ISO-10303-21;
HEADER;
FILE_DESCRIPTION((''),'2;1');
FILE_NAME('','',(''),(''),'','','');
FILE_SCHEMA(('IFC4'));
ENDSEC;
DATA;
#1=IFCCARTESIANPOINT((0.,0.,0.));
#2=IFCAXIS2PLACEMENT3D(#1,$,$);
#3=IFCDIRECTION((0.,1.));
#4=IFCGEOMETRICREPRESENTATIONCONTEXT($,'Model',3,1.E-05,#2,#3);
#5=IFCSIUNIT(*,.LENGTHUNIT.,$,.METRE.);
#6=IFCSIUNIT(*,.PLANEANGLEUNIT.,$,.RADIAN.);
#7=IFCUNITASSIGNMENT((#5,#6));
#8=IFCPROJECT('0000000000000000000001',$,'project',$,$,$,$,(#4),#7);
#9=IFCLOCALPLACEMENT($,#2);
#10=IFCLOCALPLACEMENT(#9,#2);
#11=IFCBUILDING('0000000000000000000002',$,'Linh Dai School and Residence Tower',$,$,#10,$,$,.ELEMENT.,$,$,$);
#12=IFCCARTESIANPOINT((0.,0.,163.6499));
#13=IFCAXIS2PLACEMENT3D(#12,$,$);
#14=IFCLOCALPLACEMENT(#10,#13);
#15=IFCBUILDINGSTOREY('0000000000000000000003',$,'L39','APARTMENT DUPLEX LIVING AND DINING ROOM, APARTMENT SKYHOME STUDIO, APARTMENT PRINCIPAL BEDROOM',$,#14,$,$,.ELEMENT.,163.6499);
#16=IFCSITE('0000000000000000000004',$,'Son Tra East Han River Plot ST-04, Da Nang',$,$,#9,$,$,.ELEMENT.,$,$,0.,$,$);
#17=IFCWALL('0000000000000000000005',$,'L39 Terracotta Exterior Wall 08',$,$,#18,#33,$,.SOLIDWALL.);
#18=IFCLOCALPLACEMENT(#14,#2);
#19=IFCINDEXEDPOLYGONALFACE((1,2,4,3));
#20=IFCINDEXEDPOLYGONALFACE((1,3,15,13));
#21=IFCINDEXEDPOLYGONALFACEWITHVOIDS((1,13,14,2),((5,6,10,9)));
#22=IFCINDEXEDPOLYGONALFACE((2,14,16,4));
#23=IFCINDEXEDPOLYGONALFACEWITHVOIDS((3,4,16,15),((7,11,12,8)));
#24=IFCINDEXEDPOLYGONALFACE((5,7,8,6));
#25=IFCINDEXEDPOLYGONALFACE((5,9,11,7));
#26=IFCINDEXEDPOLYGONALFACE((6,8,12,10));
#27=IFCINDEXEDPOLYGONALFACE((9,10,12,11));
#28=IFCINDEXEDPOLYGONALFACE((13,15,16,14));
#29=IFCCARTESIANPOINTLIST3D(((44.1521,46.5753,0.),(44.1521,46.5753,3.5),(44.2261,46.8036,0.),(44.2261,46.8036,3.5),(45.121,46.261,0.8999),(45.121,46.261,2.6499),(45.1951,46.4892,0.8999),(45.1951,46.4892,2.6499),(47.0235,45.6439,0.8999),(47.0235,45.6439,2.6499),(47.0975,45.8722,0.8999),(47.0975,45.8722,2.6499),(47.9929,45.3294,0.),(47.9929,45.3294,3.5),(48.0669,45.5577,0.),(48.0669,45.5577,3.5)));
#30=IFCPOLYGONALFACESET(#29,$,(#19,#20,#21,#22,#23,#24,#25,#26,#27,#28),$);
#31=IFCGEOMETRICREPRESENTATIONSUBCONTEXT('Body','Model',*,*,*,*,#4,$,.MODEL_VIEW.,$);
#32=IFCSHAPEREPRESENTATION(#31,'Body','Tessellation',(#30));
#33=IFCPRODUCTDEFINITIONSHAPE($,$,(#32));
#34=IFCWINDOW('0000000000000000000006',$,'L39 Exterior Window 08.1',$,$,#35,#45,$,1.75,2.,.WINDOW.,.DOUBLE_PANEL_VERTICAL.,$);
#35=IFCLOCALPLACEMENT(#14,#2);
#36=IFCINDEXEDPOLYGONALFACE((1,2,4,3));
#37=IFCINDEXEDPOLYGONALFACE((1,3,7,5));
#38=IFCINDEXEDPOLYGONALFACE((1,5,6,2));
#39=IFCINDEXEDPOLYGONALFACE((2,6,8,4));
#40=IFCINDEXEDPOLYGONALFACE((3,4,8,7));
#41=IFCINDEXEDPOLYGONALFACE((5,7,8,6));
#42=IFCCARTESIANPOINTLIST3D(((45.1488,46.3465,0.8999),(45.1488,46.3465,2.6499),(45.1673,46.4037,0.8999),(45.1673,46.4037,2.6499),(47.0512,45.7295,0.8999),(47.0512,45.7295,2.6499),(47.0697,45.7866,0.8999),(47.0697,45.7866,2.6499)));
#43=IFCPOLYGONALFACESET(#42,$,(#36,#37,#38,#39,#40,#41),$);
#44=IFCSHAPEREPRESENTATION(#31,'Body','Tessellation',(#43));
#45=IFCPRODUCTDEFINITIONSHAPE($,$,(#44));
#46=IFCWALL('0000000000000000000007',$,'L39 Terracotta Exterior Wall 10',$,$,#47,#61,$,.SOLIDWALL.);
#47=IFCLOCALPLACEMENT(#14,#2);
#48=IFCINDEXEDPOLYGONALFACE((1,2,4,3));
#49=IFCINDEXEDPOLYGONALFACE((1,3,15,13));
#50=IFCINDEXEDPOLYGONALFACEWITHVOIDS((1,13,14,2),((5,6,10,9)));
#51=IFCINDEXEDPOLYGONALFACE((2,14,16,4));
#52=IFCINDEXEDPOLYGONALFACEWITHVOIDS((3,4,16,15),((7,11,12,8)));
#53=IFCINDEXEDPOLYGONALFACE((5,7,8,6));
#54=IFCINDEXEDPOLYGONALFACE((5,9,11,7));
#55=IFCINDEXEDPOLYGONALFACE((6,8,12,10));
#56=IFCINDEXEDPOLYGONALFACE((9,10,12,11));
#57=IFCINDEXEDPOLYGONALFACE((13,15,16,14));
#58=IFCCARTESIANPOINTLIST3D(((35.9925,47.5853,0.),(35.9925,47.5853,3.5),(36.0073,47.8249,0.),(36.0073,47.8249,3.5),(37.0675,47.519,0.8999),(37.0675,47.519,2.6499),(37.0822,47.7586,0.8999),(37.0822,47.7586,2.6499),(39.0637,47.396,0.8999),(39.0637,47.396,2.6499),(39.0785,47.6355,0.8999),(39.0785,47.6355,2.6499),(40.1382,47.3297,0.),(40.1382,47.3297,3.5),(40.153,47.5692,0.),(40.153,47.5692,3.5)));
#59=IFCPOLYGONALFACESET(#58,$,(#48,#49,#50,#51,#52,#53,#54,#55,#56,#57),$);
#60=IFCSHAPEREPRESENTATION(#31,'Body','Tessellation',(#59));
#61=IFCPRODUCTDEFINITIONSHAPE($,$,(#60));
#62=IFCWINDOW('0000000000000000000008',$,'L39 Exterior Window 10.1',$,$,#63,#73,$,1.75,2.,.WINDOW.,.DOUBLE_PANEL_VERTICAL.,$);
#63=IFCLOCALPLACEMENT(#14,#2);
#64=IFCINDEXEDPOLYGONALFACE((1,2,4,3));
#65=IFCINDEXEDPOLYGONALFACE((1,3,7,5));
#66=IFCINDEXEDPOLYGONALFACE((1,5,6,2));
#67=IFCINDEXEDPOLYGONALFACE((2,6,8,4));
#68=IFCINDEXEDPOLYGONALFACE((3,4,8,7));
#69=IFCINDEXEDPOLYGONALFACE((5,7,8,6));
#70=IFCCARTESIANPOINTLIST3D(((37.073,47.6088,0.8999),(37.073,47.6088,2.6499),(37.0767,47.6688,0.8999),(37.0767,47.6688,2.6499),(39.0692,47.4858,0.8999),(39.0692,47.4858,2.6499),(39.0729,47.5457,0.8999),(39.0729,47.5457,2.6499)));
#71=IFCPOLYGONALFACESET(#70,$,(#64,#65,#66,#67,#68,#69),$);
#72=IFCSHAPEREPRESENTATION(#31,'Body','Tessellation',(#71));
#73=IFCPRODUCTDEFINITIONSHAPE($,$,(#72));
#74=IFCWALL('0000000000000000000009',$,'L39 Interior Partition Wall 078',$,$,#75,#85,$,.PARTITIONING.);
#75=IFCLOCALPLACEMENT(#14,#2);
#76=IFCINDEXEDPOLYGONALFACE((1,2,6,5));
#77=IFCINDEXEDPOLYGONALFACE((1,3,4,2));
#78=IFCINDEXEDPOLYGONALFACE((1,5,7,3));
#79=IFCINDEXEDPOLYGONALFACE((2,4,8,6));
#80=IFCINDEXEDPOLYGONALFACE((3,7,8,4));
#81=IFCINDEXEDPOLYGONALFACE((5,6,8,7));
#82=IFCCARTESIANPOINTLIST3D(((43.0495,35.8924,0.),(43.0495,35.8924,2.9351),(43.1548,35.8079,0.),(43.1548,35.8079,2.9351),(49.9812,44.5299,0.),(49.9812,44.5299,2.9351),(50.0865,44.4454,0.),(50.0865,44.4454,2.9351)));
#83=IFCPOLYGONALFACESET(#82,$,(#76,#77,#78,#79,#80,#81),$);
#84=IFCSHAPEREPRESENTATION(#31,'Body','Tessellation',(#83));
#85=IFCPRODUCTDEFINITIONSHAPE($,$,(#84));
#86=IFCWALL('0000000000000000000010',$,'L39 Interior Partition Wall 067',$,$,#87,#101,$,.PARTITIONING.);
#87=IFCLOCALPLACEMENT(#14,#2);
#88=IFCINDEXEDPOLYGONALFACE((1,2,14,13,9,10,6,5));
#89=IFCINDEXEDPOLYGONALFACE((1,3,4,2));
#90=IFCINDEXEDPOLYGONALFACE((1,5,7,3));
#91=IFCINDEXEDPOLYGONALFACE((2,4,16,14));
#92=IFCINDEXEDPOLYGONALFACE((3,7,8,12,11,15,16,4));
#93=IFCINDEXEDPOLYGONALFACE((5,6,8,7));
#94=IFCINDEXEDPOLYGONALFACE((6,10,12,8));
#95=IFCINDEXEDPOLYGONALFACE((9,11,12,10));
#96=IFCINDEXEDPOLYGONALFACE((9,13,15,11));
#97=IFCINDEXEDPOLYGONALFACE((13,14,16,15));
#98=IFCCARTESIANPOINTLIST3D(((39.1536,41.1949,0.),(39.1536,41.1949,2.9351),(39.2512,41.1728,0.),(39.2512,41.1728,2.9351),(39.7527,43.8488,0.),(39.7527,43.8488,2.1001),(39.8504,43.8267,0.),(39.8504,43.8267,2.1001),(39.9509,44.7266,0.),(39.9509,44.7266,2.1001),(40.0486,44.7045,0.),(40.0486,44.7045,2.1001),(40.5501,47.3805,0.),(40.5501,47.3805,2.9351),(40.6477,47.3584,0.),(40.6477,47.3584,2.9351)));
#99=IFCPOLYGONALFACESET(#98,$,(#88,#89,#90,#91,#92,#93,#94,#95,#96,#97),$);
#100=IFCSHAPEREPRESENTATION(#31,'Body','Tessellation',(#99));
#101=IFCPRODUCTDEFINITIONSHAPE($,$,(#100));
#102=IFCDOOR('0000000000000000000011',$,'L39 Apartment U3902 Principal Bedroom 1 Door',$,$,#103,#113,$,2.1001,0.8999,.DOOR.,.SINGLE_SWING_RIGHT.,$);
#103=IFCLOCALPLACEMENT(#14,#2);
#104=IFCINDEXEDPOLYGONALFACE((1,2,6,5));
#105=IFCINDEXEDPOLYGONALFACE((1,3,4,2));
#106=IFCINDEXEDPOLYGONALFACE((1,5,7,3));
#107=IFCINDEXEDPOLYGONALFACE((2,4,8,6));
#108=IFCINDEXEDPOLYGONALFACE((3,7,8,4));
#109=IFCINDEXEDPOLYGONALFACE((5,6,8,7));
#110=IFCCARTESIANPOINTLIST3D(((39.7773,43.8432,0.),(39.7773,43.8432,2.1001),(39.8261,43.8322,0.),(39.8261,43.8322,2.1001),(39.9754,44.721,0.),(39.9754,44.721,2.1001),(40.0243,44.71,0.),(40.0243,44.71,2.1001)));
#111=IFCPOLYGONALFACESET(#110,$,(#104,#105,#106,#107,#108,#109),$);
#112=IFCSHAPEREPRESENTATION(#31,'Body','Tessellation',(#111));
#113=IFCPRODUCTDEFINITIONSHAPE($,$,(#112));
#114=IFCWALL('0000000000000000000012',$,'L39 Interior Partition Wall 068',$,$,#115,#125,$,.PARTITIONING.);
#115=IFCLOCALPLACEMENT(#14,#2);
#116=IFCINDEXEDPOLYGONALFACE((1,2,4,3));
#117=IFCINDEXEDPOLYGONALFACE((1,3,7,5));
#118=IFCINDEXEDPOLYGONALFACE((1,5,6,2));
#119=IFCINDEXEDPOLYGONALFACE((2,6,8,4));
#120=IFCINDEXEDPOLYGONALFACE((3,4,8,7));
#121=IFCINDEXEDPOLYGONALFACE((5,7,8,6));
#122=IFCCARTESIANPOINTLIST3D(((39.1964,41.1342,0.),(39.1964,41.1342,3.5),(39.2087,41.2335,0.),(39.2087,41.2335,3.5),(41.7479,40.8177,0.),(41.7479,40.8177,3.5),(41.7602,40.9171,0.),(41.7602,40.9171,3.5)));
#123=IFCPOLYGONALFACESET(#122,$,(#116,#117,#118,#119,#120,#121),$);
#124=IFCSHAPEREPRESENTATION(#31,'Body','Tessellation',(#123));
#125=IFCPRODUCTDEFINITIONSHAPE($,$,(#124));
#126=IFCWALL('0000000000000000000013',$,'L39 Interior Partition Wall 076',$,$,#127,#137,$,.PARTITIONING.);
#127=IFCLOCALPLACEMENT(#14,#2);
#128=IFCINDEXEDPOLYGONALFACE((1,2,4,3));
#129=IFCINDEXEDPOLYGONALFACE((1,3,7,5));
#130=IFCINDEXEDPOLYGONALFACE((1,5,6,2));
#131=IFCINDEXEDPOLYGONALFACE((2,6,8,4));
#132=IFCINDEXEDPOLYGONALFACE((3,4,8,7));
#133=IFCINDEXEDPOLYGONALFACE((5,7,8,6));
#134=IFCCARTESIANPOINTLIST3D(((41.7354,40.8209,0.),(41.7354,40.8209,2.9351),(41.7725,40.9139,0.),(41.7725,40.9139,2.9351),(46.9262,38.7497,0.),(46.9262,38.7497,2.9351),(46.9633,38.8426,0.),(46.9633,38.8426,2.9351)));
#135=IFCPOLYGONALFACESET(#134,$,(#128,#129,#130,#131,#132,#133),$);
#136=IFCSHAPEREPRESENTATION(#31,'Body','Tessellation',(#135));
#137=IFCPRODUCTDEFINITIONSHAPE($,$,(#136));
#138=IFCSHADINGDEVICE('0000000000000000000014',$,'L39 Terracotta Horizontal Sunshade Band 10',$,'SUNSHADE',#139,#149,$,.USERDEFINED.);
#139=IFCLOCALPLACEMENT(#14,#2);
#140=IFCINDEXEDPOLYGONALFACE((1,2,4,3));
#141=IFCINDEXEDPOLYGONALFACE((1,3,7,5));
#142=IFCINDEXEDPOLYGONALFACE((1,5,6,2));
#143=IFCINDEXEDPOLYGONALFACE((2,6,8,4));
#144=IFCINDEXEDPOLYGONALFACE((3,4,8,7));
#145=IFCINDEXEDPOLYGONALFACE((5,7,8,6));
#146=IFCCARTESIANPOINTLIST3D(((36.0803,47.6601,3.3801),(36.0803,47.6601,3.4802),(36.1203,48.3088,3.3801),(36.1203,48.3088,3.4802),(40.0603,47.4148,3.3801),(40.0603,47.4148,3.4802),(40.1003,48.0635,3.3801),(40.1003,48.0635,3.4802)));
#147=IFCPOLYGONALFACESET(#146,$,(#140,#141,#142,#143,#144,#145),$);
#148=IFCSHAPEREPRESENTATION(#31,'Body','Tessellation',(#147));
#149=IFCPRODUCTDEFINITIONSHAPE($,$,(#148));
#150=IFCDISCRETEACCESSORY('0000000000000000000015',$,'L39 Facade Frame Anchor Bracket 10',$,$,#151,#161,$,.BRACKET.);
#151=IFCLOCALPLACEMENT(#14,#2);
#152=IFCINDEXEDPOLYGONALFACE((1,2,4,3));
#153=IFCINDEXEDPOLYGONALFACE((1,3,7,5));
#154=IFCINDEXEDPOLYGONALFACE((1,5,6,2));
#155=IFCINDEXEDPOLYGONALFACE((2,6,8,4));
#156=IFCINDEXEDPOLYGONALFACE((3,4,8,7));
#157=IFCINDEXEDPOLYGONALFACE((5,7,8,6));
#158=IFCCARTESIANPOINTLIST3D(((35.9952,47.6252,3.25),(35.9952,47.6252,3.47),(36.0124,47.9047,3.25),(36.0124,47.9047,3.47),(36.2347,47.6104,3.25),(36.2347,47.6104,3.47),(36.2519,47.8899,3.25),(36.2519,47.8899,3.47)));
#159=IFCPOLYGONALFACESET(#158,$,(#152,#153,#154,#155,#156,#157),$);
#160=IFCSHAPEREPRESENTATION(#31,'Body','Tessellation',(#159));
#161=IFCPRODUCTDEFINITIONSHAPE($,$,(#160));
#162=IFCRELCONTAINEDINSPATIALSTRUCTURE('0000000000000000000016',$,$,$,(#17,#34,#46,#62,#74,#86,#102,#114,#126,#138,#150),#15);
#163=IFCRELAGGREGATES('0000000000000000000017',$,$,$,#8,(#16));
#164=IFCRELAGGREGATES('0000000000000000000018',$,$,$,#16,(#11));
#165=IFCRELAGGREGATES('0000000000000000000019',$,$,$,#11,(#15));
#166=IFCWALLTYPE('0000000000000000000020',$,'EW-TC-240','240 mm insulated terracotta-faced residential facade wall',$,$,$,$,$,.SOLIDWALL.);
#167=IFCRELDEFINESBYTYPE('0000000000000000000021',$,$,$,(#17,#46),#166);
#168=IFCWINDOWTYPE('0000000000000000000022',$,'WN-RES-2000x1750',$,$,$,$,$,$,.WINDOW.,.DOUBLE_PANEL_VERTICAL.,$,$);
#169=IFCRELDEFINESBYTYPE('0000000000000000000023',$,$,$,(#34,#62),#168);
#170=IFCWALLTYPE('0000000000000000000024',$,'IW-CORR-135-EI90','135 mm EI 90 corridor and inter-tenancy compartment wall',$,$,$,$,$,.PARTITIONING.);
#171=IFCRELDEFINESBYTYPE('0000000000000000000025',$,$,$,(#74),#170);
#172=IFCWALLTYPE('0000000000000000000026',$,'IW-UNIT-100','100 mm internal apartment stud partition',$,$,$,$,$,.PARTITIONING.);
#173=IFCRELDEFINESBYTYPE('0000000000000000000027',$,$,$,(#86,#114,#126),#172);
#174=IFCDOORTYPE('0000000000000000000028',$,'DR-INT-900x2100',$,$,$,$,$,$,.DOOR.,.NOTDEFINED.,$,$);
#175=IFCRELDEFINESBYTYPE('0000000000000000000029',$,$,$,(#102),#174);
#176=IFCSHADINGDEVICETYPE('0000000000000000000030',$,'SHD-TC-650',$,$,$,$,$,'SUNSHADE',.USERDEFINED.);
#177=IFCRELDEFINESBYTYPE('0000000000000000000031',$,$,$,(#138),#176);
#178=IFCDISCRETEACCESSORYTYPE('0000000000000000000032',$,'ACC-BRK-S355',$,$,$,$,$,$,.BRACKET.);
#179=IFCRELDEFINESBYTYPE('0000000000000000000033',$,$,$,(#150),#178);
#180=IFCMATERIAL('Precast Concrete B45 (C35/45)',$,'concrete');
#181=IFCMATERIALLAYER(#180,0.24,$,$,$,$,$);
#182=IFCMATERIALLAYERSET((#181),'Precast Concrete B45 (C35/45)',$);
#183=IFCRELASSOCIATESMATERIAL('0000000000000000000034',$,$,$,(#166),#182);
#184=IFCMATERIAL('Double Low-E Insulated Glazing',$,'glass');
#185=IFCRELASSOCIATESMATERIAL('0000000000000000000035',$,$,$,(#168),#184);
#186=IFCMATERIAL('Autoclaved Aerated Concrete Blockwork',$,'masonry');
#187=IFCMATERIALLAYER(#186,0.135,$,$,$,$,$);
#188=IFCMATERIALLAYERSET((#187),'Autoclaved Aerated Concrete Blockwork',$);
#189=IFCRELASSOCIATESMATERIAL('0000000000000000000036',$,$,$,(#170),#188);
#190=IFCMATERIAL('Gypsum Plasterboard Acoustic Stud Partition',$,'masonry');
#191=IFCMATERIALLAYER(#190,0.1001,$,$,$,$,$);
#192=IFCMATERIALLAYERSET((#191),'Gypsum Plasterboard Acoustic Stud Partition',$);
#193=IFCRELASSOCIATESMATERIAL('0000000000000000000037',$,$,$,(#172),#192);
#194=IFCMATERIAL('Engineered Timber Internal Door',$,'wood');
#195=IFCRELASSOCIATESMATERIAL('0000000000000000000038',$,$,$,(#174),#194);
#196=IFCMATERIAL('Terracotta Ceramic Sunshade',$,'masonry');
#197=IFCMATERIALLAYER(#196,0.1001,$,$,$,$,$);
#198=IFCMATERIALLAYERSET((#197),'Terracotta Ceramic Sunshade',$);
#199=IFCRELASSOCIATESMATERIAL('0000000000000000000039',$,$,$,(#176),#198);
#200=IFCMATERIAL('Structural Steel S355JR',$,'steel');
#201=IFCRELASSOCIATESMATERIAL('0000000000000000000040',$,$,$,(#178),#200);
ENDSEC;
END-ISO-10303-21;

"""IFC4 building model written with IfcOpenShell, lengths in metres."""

from ifc_helpers import new_model, si_unit, direction, frame, frame_2d, origin, origin_2d, place, context, subcontext, project, spatial, rectangle, extrude, source, transform, mapped, material, layer, layer_set, type_object, element, fill, save


model = new_model("IFC4")

# Units and contexts
model_context = context("Model", 3, precision=1e-05, world=origin(), true_north=direction((0.0, 1.0)))
body_context = subcontext(model_context, "Body", "Model", "MODEL_VIEW")
ifc_project = project(units=[si_unit("LENGTHUNIT", "METRE"), si_unit("PLANEANGLEUNIT", "RADIAN")], contexts=[model_context])

# Site, building, storey
site_placement = place(None, origin())
site = spatial("IfcSite", under=ifc_project, at=site_placement, Name="Son Tra East Han River Plot ST-04, Da Nang", CompositionType="ELEMENT", RefElevation=0.0)
building_placement = place(site_placement, origin())
building = spatial("IfcBuilding", under=site, at=building_placement, Name="Linh Dai School and Residence Tower", CompositionType="ELEMENT")
storey_placement = place(building_placement, frame((0.0, 0.0, 163.6499)))
storey = spatial("IfcBuildingStorey", under=building, at=storey_placement, Name="L39", Description="APARTMENT DUPLEX LIVING AND DINING ROOM, APARTMENT SKYHOME STUDIO, APARTMENT PRINCIPAL BEDROOM", CompositionType="ELEMENT", Elevation=163.6499)

# Shared definitions
ifc_material_1 = material(Name="Structural Steel S355JR", Category="steel")

# Shared definitions
ifc_material_2 = material(Name="Precast Concrete B45 (C35/45)", Category="concrete")
ifc_material_3 = material(Name="Double Low-E Insulated Glazing", Category="glass")

# Walls, openings, windows
ifc_layer_1 = layer(ifc_material_2, 0.24)
ifc_layer_set_1 = layer_set([ifc_layer_1], Name="Precast Concrete B45 (C35/45)")
wall_type_1 = type_object("IfcWallType", Name="EW-TC-240", Description="240 mm insulated terracotta-faced residential facade wall", PredefinedType="SOLIDWALL", material=ifc_layer_set_1)
wall_1_placement = place(storey_placement, frame((44.189, 46.6895, 0.0), z_axis=(0.0, 0.0, 1.0), x_axis=(0.95121, -0.308545, 0.0)))
wall_1 = element("IfcWall", 1, at=wall_1_placement, inside=storey, type_object=wall_type_1, Name="L39 Terracotta Exterior Wall 08", PredefinedType="SOLIDWALL", context=body_context, shape_type="SweptSolid", body=[
    extrude(rectangle(XDim=4.0378, YDim=0.24, at=frame_2d((2.019, 0.0))), origin(), (0.0, 0.0, 1.0), 3.5),
])
opening_1_placement = place(wall_1_placement, frame((1.0188, 0.0, 0.8999)))
opening_1 = element("IfcOpeningElement", 2, at=opening_1_placement, cuts=wall_1, PredefinedType="OPENING", context=body_context, shape_type="SweptSolid", body=[
    extrude(rectangle(XDim=2.0, YDim=1.75, at=origin_2d()), frame((1.0, 0.1299, 0.875), z_axis=(0.0, -1.0, 0.0), x_axis=(1.0, 0.0, 0.0)), (0.0, 0.0, 1.0), 0.26),
])
window_type = type_object("IfcWindowType", Name="WN-RES-2000x1750", PartitioningType="DOUBLE_PANEL_VERTICAL", PredefinedType="WINDOW", material=ifc_material_3)
shared_shape_1 = source(origin(), body_context, "Body", "SweptSolid", [
    extrude(rectangle(XDim=2.0, YDim=1.75, at=origin_2d()), frame((1.0, 0.03, 0.875), z_axis=(0.0, -1.0, 0.0), x_axis=(1.0, 0.0, 0.0)), (0.0, 0.0, 1.0), 0.0601),
])
window_1_placement = place(opening_1_placement, origin())
window_1 = element("IfcWindow", 3, at=window_1_placement, inside=storey, type_object=window_type, Name="L39 Exterior Window 08.1", OverallHeight=1.75, OverallWidth=2.0, PartitioningType="DOUBLE_PANEL_VERTICAL", PredefinedType="WINDOW", context=body_context, shape_type="MappedRepresentation", body=[
    mapped(shared_shape_1, transform((0.0, 0.0, 0.0), x_axis=(1.0, 0.0, 0.0), y_axis=(0.0, 1.0, 0.0), z_axis=(0.0, 0.0, 1.0), scale=1.0)),
])
fill(opening_1, window_1)
wall_2_placement = place(storey_placement, frame((36.0, 47.7051, 0.0), z_axis=(0.0, 0.0, 1.0), x_axis=(0.998105, -0.06154, 0.0)))
wall_2 = element("IfcWall", 4, at=wall_2_placement, inside=storey, type_object=wall_type_1, Name="L39 Terracotta Exterior Wall 10", PredefinedType="SOLIDWALL", context=body_context, shape_type="SweptSolid", body=[
    extrude(rectangle(XDim=4.1536, YDim=0.24, at=frame_2d((2.0767, 0.0))), origin(), (0.0, 0.0, 1.0), 3.5),
])
opening_2_placement = place(wall_2_placement, frame((1.0769, 0.0, 0.8999)))
opening_2 = element("IfcOpeningElement", 5, at=opening_2_placement, cuts=wall_2, PredefinedType="OPENING", context=body_context, shape_type="SweptSolid", body=[
    extrude(rectangle(XDim=2.0, YDim=1.75, at=origin_2d()), frame((1.0, 0.1299, 0.875), z_axis=(0.0, -1.0, 0.0), x_axis=(1.0, 0.0, 0.0)), (0.0, 0.0, 1.0), 0.26),
])
window_2_placement = place(opening_2_placement, origin())
window_2 = element("IfcWindow", 6, at=window_2_placement, inside=storey, type_object=window_type, Name="L39 Exterior Window 10.1", OverallHeight=1.75, OverallWidth=2.0, PartitioningType="DOUBLE_PANEL_VERTICAL", PredefinedType="WINDOW", context=body_context, shape_type="MappedRepresentation", body=[
    mapped(shared_shape_1, transform((0.0, 0.0, 0.0), x_axis=(1.0, 0.0, 0.0), y_axis=(0.0, 1.0, 0.0), z_axis=(0.0, 0.0, 1.0), scale=1.0)),
])
fill(opening_2, window_2)

# Wall
ifc_material_4 = material(Name="Autoclaved Aerated Concrete Blockwork", Category="masonry")
ifc_layer_2 = layer(ifc_material_4, 0.135)
ifc_layer_set_2 = layer_set([ifc_layer_2], Name="Autoclaved Aerated Concrete Blockwork")
wall_type_2 = type_object("IfcWallType", Name="IW-CORR-135-EI90", Description="135 mm EI 90 corridor and inter-tenancy compartment wall", PredefinedType="PARTITIONING", material=ifc_layer_set_2)
wall_3_placement = place(storey_placement, frame((43.1021, 35.8501, 0.0), z_axis=(0.0, 0.0, 1.0), x_axis=(0.625888, 0.779913, 0.0)))
element("IfcWall", 7, at=wall_3_placement, inside=storey, type_object=wall_type_2, Name="L39 Interior Partition Wall 078", PredefinedType="PARTITIONING", context=body_context, shape_type="SweptSolid", body=[
    extrude(rectangle(XDim=11.075, YDim=0.135, at=frame_2d((5.5376, 0.0))), origin(), (0.0, 0.0, 1.0), 2.9351),
])

# Wall, opening, door
ifc_material_5 = material(Name="Gypsum Plasterboard Acoustic Stud Partition", Category="masonry")
ifc_layer_3 = layer(ifc_material_5, 0.1001)
ifc_layer_set_3 = layer_set([ifc_layer_3], Name="Gypsum Plasterboard Acoustic Stud Partition")
wall_type_3 = type_object("IfcWallType", Name="IW-UNIT-100", Description="100 mm internal apartment stud partition", PredefinedType="PARTITIONING", material=ifc_layer_set_3)
wall_4_placement = place(storey_placement, frame((39.2024, 41.1838, 0.0), z_axis=(0.0, 0.0, 1.0), x_axis=(0.220223, 0.97545, 0.0)))
wall_4 = element("IfcWall", 8, at=wall_4_placement, inside=storey, type_object=wall_type_3, Name="L39 Interior Partition Wall 067", PredefinedType="PARTITIONING", context=body_context, shape_type="SweptSolid", body=[
    extrude(rectangle(XDim=6.3413, YDim=0.1001, at=frame_2d((3.1707, 0.0))), origin(), (0.0, 0.0, 1.0), 2.9351),
])
opening_3_placement = place(wall_4_placement, frame((2.7207, 0.0, 0.0)))
opening_3 = element("IfcOpeningElement", 9, at=opening_3_placement, cuts=wall_4, PredefinedType="OPENING", context=body_context, shape_type="SweptSolid", body=[
    extrude(rectangle(XDim=0.8999, YDim=2.1001, at=origin_2d()), frame((0.45, 0.0601, 1.05), z_axis=(0.0, -1.0, 0.0), x_axis=(1.0, 0.0, 0.0)), (0.0, 0.0, 1.0), 0.1201),
])
ifc_material_6 = material(Name="Engineered Timber Internal Door", Category="wood")
door_type = type_object("IfcDoorType", Name="DR-INT-900x2100", OperationType="NOTDEFINED", PredefinedType="DOOR", material=ifc_material_6)
shared_shape_2 = source(origin(), body_context, "Body", "SweptSolid", [
    extrude(rectangle(XDim=0.8999, YDim=2.1001, at=origin_2d()), frame((0.45, 0.0249, 1.05), z_axis=(0.0, -1.0, 0.0), x_axis=(1.0, 0.0, 0.0)), (0.0, 0.0, 1.0), 0.05),
])
door_placement = place(opening_3_placement, origin())
door = element("IfcDoor", 10, at=door_placement, inside=storey, type_object=door_type, Name="L39 Apartment U3902 Principal Bedroom 1 Door", OperationType="SINGLE_SWING_RIGHT", OverallHeight=2.1001, OverallWidth=0.8999, PredefinedType="DOOR", context=body_context, shape_type="MappedRepresentation", body=[
    mapped(shared_shape_2, transform((0.0, 0.0, 0.0), x_axis=(1.0, 0.0, 0.0), y_axis=(0.0, 1.0, 0.0), z_axis=(0.0, 0.0, 1.0), scale=1.0)),
])
fill(opening_3, door)

# Walls
wall_5_placement = place(storey_placement, frame((39.2024, 41.1838, 0.0), z_axis=(0.0, 0.0, 1.0), x_axis=(0.992399, -0.123065, 0.0)))
element("IfcWall", 11, at=wall_5_placement, inside=storey, type_object=wall_type_3, Name="L39 Interior Partition Wall 068", PredefinedType="PARTITIONING", context=body_context, shape_type="SweptSolid", body=[
    extrude(rectangle(XDim=2.571, YDim=0.1001, at=frame_2d((1.2856, 0.0))), origin(), (0.0, 0.0, 1.0), 3.5),
])
wall_6_placement = place(storey_placement, frame((41.7539, 40.8674, 0.0), z_axis=(0.0, 0.0, 1.0), x_axis=(0.92879, -0.370607, 0.0)))
element("IfcWall", 12, at=wall_6_placement, inside=storey, type_object=wall_type_3, Name="L39 Interior Partition Wall 076", PredefinedType="PARTITIONING", context=body_context, shape_type="SweptSolid", body=[
    extrude(rectangle(XDim=5.5889, YDim=0.1001, at=frame_2d((2.7944, 0.0))), origin(), (0.0, 0.0, 1.0), 2.9351),
])

# Shading device
ifc_material_7 = material(Name="Terracotta Ceramic Sunshade", Category="masonry")
ifc_layer_4 = layer(ifc_material_7, 0.1001)
ifc_layer_set_4 = layer_set([ifc_layer_4], Name="Terracotta Ceramic Sunshade")
shading_device_type = type_object("IfcShadingDeviceType", Name="SHD-TC-650", ElementType="SUNSHADE", PredefinedType="USERDEFINED", material=ifc_layer_set_4)
shared_shape_3 = source(origin(), body_context, "Body", "SweptSolid", [
    extrude(rectangle(XDim=3.9875, YDim=0.6499, at=origin_2d()), origin(), (0.0, 0.0, 1.0), 0.1001),
])
shading_device_placement = place(storey_placement, frame((38.0903, 47.8618, 3.3801), z_axis=(0.0, 0.0, 1.0), x_axis=(0.998106, -0.061512, 0.0)))
element("IfcShadingDevice", 13, at=shading_device_placement, inside=storey, type_object=shading_device_type, Name="L39 Terracotta Horizontal Sunshade Band 10", ObjectType="SUNSHADE", PredefinedType="USERDEFINED", context=body_context, shape_type="MappedRepresentation", body=[
    mapped(shared_shape_3, transform((0.0, 0.0, 0.0), x_axis=(1.0, 0.0, 0.0), y_axis=(0.0, 1.0, 0.0), z_axis=(0.0, 0.0, 1.0), scale=1.0)),
])

# Discrete accessory
discrete_accessory_type = type_object("IfcDiscreteAccessoryType", Name="ACC-BRK-S355", PredefinedType="BRACKET", material=ifc_material_1)
shared_shape_4 = source(origin(), body_context, "Body", "SweptSolid", [
    extrude(rectangle(XDim=0.28, YDim=0.24, at=origin_2d()), origin(), (0.0, 0.0, 1.0), 0.22),
])
discrete_accessory_placement = place(storey_placement, frame((36.1235, 47.7576, 3.25), z_axis=(0.0, 0.0, 1.0), x_axis=(0.061512, 0.998106, 0.0)))
element("IfcDiscreteAccessory", 14, at=discrete_accessory_placement, inside=storey, type_object=discrete_accessory_type, Name="L39 Facade Frame Anchor Bracket 10", PredefinedType="BRACKET", context=body_context, shape_type="MappedRepresentation", body=[
    mapped(shared_shape_4, transform((0.0, 0.0, 0.0), x_axis=(1.0, 0.0, 0.0), y_axis=(0.0, 1.0, 0.0), z_axis=(0.0, 0.0, 1.0), scale=1.0)),
])

save(model, "model.ifc")
